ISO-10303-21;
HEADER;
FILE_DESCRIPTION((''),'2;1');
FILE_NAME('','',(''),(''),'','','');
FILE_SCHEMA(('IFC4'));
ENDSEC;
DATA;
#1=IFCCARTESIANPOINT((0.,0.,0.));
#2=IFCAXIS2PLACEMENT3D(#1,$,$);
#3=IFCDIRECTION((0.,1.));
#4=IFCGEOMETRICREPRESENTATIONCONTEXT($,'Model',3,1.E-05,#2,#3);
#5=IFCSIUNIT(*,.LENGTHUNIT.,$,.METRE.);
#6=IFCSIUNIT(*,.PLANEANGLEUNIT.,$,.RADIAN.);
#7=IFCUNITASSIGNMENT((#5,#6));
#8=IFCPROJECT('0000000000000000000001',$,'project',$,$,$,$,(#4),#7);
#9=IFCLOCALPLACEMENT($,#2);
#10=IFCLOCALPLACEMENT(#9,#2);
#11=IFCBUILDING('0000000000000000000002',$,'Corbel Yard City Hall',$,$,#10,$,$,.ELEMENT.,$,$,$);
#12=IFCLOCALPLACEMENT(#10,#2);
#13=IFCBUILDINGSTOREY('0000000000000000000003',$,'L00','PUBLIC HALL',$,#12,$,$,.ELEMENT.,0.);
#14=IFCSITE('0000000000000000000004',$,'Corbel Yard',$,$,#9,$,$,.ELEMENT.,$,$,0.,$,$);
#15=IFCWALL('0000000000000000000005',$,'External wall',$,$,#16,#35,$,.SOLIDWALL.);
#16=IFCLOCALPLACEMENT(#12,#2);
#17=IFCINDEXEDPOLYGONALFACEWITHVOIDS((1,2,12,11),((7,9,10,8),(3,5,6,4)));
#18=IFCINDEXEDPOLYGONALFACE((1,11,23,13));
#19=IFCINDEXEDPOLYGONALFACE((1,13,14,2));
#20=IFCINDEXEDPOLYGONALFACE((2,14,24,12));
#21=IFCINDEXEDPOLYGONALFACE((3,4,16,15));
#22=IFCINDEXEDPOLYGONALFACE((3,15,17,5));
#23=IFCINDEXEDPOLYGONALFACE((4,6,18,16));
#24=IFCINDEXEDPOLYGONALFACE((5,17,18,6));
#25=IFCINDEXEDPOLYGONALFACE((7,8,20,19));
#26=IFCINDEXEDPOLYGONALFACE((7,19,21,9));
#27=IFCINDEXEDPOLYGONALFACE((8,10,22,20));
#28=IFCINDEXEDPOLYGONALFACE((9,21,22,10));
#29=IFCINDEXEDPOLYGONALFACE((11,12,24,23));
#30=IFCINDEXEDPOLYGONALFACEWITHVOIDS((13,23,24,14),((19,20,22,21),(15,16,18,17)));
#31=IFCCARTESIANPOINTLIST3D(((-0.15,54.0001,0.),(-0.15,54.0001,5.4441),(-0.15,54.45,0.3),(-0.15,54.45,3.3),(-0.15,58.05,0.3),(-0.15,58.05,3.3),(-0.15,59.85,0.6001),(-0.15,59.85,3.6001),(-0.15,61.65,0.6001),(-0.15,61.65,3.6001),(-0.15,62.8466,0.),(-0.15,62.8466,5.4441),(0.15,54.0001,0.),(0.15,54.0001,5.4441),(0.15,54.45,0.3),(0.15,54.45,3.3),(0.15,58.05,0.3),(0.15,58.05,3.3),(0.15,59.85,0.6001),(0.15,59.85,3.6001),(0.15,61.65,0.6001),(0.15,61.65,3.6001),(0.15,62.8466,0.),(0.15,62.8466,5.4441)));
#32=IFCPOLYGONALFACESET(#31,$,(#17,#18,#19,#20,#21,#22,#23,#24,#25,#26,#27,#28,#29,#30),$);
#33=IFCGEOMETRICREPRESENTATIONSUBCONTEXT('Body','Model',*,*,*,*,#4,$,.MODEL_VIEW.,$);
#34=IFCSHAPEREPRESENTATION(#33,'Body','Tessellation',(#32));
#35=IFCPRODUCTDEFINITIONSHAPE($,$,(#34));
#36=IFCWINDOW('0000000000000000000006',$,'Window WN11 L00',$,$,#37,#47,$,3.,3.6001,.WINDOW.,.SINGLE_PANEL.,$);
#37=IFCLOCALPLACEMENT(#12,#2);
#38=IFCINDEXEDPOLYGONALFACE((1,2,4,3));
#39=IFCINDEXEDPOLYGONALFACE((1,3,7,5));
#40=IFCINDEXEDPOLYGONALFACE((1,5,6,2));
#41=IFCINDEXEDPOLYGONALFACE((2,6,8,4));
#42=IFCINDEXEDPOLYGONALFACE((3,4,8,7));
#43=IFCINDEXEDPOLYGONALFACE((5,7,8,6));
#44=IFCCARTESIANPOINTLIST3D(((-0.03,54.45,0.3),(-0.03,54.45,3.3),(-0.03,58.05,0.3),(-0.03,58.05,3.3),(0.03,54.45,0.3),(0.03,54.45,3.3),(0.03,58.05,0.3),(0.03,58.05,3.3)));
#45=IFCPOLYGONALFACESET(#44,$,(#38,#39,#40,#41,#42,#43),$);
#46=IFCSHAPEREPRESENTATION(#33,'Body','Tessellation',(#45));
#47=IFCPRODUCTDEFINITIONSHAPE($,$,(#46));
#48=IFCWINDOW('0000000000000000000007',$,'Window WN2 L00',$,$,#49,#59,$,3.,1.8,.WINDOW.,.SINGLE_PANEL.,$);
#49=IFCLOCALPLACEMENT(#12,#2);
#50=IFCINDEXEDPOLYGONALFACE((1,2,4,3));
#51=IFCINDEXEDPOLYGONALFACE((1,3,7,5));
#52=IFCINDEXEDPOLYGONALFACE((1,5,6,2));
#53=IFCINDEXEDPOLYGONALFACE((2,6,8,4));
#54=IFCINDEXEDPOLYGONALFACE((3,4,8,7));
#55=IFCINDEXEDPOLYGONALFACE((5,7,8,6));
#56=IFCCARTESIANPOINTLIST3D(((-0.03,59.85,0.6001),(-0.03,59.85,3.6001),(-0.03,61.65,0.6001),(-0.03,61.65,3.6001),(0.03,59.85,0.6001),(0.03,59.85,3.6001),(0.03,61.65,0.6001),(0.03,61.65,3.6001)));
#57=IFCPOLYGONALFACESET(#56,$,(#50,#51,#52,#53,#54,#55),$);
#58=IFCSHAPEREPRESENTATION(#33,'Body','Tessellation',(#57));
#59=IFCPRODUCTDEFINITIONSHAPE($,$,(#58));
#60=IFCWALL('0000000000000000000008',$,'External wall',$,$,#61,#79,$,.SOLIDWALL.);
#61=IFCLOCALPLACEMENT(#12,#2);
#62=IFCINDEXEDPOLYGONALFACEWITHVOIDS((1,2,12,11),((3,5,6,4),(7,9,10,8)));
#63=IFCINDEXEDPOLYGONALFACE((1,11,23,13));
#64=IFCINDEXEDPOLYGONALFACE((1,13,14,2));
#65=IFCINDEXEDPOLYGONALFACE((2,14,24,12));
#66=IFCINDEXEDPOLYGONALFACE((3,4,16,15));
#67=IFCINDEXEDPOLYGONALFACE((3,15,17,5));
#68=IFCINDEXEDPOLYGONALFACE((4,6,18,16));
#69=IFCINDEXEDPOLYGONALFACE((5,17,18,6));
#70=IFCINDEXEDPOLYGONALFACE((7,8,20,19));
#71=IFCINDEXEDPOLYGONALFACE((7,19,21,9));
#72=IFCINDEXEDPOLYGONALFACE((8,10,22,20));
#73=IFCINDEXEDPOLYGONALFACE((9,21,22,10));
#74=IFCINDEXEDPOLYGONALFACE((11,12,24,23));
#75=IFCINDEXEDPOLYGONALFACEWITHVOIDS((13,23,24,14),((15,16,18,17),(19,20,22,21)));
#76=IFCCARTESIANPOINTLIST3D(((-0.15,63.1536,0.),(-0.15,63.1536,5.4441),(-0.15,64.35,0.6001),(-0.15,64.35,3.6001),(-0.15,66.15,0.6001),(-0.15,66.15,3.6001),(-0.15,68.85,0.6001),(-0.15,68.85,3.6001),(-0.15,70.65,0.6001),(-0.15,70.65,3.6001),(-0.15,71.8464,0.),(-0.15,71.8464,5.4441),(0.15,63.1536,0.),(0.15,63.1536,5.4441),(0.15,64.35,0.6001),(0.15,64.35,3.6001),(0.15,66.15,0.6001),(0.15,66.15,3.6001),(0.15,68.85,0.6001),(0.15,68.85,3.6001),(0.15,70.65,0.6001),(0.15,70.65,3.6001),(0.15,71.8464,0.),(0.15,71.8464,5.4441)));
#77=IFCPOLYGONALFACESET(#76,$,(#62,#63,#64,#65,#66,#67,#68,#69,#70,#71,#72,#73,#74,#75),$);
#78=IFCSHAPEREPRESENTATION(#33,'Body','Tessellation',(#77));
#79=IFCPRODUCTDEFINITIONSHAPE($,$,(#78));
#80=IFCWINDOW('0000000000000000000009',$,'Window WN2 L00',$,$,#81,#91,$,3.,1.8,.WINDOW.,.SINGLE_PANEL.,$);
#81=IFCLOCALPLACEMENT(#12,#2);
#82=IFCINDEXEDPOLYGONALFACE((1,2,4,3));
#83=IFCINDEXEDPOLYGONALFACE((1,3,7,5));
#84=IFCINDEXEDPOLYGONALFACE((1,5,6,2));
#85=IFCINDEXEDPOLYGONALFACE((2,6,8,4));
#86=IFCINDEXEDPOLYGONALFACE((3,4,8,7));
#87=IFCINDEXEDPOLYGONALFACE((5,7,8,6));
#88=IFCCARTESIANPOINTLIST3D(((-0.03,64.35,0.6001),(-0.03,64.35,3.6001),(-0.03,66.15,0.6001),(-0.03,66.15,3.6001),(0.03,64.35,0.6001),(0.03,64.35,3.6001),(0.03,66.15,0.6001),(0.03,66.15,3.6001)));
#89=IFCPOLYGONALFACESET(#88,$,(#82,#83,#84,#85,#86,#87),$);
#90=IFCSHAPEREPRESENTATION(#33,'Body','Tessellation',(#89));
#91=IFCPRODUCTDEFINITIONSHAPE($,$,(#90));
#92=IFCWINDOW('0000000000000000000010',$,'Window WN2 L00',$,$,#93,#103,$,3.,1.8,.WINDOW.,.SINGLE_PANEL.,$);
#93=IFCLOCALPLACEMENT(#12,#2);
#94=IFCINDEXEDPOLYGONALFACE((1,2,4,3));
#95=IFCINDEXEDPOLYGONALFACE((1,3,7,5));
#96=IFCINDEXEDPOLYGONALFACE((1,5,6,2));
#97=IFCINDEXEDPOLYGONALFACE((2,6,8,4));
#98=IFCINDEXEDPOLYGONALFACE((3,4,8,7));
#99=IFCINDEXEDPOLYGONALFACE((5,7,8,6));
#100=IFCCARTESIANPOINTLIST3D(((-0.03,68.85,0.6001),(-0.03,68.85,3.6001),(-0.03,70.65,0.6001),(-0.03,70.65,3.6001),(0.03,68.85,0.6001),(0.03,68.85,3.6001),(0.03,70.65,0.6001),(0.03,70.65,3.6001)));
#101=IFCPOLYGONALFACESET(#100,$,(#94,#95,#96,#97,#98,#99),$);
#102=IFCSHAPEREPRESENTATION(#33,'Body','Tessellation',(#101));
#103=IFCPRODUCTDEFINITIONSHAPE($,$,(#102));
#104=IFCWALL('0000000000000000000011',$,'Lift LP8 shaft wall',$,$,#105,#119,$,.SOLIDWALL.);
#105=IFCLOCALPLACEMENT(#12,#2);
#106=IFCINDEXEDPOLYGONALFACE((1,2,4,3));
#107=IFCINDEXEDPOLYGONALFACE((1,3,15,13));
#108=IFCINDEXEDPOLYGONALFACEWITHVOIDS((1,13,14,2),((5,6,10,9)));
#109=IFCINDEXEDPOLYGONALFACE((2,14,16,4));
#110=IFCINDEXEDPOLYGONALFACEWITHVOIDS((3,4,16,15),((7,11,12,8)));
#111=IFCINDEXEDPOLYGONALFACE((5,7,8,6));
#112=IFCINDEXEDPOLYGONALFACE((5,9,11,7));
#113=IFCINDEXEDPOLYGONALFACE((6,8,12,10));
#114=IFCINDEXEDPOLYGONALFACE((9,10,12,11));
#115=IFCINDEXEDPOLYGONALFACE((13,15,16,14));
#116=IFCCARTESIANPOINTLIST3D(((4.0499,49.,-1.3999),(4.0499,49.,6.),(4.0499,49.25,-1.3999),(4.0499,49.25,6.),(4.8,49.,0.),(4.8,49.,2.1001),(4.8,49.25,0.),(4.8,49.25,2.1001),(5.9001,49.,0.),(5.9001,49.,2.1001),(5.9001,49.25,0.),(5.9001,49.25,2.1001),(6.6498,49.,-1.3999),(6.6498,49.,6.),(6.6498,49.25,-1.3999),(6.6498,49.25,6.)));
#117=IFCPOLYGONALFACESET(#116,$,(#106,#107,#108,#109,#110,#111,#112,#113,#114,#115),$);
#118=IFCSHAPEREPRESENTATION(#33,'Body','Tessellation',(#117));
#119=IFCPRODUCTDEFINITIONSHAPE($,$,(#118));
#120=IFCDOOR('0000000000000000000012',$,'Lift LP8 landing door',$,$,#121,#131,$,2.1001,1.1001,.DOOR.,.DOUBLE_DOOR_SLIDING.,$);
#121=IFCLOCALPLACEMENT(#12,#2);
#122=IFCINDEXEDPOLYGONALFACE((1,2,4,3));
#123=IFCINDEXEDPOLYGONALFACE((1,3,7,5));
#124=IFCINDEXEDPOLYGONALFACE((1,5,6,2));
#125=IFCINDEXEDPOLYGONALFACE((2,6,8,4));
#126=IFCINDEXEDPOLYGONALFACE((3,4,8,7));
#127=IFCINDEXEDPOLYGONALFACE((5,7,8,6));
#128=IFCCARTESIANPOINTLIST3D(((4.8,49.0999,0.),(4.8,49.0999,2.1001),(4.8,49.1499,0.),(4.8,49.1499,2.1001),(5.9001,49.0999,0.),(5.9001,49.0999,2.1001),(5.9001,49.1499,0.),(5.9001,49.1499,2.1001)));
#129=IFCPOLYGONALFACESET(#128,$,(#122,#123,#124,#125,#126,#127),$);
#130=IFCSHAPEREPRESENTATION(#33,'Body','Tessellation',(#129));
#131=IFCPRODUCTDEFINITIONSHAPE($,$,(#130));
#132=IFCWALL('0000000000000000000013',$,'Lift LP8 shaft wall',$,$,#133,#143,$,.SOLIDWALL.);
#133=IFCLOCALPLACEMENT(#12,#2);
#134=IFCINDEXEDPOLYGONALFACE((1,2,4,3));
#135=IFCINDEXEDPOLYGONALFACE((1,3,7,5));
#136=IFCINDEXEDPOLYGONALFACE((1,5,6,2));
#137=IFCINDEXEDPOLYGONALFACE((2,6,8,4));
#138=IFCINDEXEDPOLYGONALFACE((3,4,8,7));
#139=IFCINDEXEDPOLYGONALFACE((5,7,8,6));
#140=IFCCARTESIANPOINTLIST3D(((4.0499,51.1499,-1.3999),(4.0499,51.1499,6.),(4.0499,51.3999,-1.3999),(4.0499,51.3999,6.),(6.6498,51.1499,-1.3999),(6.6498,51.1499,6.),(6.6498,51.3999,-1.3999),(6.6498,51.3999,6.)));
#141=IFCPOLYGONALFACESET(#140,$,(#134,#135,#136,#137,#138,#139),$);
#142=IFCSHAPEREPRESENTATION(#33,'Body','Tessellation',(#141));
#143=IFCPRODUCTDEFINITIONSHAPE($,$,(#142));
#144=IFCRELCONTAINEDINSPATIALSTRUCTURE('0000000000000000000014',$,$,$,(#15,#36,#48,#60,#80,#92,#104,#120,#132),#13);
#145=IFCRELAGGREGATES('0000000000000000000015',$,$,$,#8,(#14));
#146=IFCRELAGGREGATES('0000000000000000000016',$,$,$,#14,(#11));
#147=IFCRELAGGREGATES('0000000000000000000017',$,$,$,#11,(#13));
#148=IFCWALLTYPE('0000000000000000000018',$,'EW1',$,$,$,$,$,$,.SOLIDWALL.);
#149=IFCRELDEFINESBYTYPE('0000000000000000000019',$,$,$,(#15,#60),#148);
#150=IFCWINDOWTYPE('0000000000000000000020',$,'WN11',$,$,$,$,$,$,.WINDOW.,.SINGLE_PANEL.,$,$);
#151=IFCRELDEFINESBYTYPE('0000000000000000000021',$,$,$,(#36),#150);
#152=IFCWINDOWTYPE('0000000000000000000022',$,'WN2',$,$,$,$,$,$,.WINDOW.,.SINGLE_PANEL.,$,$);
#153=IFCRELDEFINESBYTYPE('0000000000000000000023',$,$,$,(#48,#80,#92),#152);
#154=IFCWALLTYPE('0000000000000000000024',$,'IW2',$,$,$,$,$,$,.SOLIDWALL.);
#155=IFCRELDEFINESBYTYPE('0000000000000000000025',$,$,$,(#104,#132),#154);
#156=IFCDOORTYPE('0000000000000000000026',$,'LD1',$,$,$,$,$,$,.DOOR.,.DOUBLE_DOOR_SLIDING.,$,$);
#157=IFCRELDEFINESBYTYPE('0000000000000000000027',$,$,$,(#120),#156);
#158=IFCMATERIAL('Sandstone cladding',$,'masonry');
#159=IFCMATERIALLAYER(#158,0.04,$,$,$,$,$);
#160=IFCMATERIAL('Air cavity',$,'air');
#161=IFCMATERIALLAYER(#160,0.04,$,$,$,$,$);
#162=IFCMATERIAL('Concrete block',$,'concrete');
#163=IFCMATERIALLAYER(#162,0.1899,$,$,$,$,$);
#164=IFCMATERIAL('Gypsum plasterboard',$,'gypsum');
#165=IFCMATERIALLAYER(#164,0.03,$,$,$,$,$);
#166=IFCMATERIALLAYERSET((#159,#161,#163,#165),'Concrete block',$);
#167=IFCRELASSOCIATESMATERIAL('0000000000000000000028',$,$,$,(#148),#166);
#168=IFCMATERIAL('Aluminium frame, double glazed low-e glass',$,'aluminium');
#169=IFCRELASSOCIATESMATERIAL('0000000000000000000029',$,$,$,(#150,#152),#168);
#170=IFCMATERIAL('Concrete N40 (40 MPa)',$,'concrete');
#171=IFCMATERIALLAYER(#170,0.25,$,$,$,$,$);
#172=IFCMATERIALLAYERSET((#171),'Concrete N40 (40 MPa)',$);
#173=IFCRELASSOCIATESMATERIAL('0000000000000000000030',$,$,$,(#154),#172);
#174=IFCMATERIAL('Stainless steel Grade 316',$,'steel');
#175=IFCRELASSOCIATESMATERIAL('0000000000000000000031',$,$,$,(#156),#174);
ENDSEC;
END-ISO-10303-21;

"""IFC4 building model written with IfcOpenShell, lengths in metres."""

from ifc_helpers import new_model, si_unit, direction, frame, frame_2d, origin, place, context, subcontext, project, spatial, rectangle, extrude, material, layer, layer_set, type_object, element, fill, save


model = new_model("IFC4")

# Units and contexts
model_context = context("Model", 3, precision=1e-05, world=origin(), true_north=direction((0.0, 1.0)))
body_context = subcontext(model_context, "Body", "Model", "MODEL_VIEW")
ifc_project = project(units=[si_unit("LENGTHUNIT", "METRE"), si_unit("PLANEANGLEUNIT", "RADIAN")], contexts=[model_context])

# Site, building, storey
site_placement = place(None, origin())
site = spatial("IfcSite", under=ifc_project, at=site_placement, Name="Corbel Yard", CompositionType="ELEMENT", RefElevation=0.0)
building_placement = place(site_placement, origin())
building = spatial("IfcBuilding", under=site, at=building_placement, Name="Corbel Yard City Hall", CompositionType="ELEMENT")
storey_placement = place(building_placement, origin())
storey = spatial("IfcBuildingStorey", under=building, at=storey_placement, Name="L00", Description="PUBLIC HALL", CompositionType="ELEMENT", Elevation=0.0)

# Shared definitions
ifc_material_1 = material(Name="Concrete N40 (40 MPa)", Category="concrete")

# Walls, openings, windows
ifc_material_2 = material(Name="Sandstone cladding", Category="masonry")
ifc_layer_1 = layer(ifc_material_2, 0.04)
ifc_material_3 = material(Name="Air cavity", Category="air")
ifc_layer_2 = layer(ifc_material_3, 0.04)
ifc_material_4 = material(Name="Concrete block", Category="concrete")
ifc_layer_3 = layer(ifc_material_4, 0.1899)
ifc_material_5 = material(Name="Gypsum plasterboard", Category="gypsum")
ifc_layer_4 = layer(ifc_material_5, 0.03)
ifc_layer_set_1 = layer_set([ifc_layer_1, ifc_layer_2, ifc_layer_3, ifc_layer_4], Name="Concrete block")
wall_type_1 = type_object("IfcWallType", Name="EW1", PredefinedType="SOLIDWALL", material=ifc_layer_set_1)
wall_1_placement = place(storey_placement, frame((0.0, 54.0, 0.0), z_axis=(0.0, 0.0, 1.0), x_axis=(0.0, 1.0, 0.0)))
wall_1 = element("IfcWall", 1, at=wall_1_placement, inside=storey, type_object=wall_type_1, Name="External wall", PredefinedType="SOLIDWALL", context=body_context, shape_type="SweptSolid", body=[
    extrude(rectangle(XDim=8.8464, YDim=0.3, at=frame_2d((4.4233, 0.0))), origin(), (0.0, 0.0, 1.0), 5.4441),
])
opening_1_placement = place(wall_1_placement, frame((0.45, 0.0, 0.3)))
opening_1 = element("IfcOpeningElement", 2, at=opening_1_placement, cuts=wall_1, PredefinedType="OPENING", context=body_context, shape_type="SweptSolid", body=[
    extrude(rectangle(XDim=3.6001, YDim=3.0, at=frame_2d((1.8, 1.5))), frame((0.0, 0.1599, 0.0), z_axis=(0.0, -1.0, 0.0), x_axis=(1.0, 0.0, 0.0)), (0.0, 0.0, 1.0), 0.3201),
])
opening_2_placement = place(wall_1_placement, frame((5.8501, 0.0, 0.6001)))
opening_2 = element("IfcOpeningElement", 3, at=opening_2_placement, cuts=wall_1, PredefinedType="OPENING", context=body_context, shape_type="SweptSolid", body=[
    extrude(rectangle(XDim=1.8, YDim=3.0, at=frame_2d((0.8999, 1.5))), frame((0.0, 0.1599, 0.0), z_axis=(0.0, -1.0, 0.0), x_axis=(1.0, 0.0, 0.0)), (0.0, 0.0, 1.0), 0.3201),
])
ifc_material_6 = material(Name="Aluminium frame, double glazed low-e glass", Category="aluminium")
window_type_1 = type_object("IfcWindowType", Name="WN11", PartitioningType="SINGLE_PANEL", PredefinedType="WINDOW", material=ifc_material_6)
window_1_placement = place(opening_1_placement, origin())
window_1 = element("IfcWindow", 4, at=window_1_placement, inside=storey, type_object=window_type_1, Name="Window WN11 L00", OverallHeight=3.0, OverallWidth=3.6001, PartitioningType="SINGLE_PANEL", PredefinedType="WINDOW", context=body_context, shape_type="SweptSolid", body=[
    extrude(rectangle(XDim=3.6001, YDim=3.0, at=frame_2d((1.8, 1.5))), frame((0.0, 0.03, 0.0), z_axis=(0.0, -1.0, 0.0), x_axis=(1.0, 0.0, 0.0)), (0.0, 0.0, 1.0), 0.0601),
])
fill(opening_1, window_1)
window_type_2 = type_object("IfcWindowType", Name="WN2", PartitioningType="SINGLE_PANEL", PredefinedType="WINDOW", material=ifc_material_6)
window_2_placement = place(opening_2_placement, origin())
window_2 = element("IfcWindow", 5, at=window_2_placement, inside=storey, type_object=window_type_2, Name="Window WN2 L00", OverallHeight=3.0, OverallWidth=1.8, PartitioningType="SINGLE_PANEL", PredefinedType="WINDOW", context=body_context, shape_type="SweptSolid", body=[
    extrude(rectangle(XDim=1.8, YDim=3.0, at=frame_2d((0.8999, 1.5))), frame((0.0, 0.03, 0.0), z_axis=(0.0, -1.0, 0.0), x_axis=(1.0, 0.0, 0.0)), (0.0, 0.0, 1.0), 0.0601),
])
fill(opening_2, window_2)
wall_2_placement = place(storey_placement, frame((0.0, 63.1536, 0.0), z_axis=(0.0, 0.0, 1.0), x_axis=(0.0, 1.0, 0.0)))
wall_2 = element("IfcWall", 6, at=wall_2_placement, inside=storey, type_object=wall_type_1, Name="External wall", PredefinedType="SOLIDWALL", context=body_context, shape_type="SweptSolid", body=[
    extrude(rectangle(XDim=8.6929, YDim=0.3, at=frame_2d((4.3464, 0.0))), origin(), (0.0, 0.0, 1.0), 5.4441),
])
opening_3_placement = place(wall_2_placement, frame((1.1965, 0.0, 0.6001)))
opening_3 = element("IfcOpeningElement", 7, at=opening_3_placement, cuts=wall_2, PredefinedType="OPENING", context=body_context, shape_type="SweptSolid", body=[
    extrude(rectangle(XDim=1.8, YDim=3.0, at=frame_2d((0.8999, 1.5))), frame((0.0, 0.1599, 0.0), z_axis=(0.0, -1.0, 0.0), x_axis=(1.0, 0.0, 0.0)), (0.0, 0.0, 1.0), 0.3201),
])
opening_4_placement = place(wall_2_placement, frame((5.6965, 0.0, 0.6001)))
opening_4 = element("IfcOpeningElement", 8, at=opening_4_placement, cuts=wall_2, PredefinedType="OPENING", context=body_context, shape_type="SweptSolid", body=[
    extrude(rectangle(XDim=1.8, YDim=3.0, at=frame_2d((0.8999, 1.5))), frame((0.0, 0.1599, 0.0), z_axis=(0.0, -1.0, 0.0), x_axis=(1.0, 0.0, 0.0)), (0.0, 0.0, 1.0), 0.3201),
])
window_3_placement = place(opening_3_placement, origin())
window_3 = element("IfcWindow", 9, at=window_3_placement, inside=storey, type_object=window_type_2, Name="Window WN2 L00", OverallHeight=3.0, OverallWidth=1.8, PartitioningType="SINGLE_PANEL", PredefinedType="WINDOW", context=body_context, shape_type="SweptSolid", body=[
    extrude(rectangle(XDim=1.8, YDim=3.0, at=frame_2d((0.8999, 1.5))), frame((0.0, 0.03, 0.0), z_axis=(0.0, -1.0, 0.0), x_axis=(1.0, 0.0, 0.0)), (0.0, 0.0, 1.0), 0.0601),
])
fill(opening_3, window_3)
window_4_placement = place(opening_4_placement, origin())
window_4 = element("IfcWindow", 10, at=window_4_placement, inside=storey, type_object=window_type_2, Name="Window WN2 L00", OverallHeight=3.0, OverallWidth=1.8, PartitioningType="SINGLE_PANEL", PredefinedType="WINDOW", context=body_context, shape_type="SweptSolid", body=[
    extrude(rectangle(XDim=1.8, YDim=3.0, at=frame_2d((0.8999, 1.5))), frame((0.0, 0.03, 0.0), z_axis=(0.0, -1.0, 0.0), x_axis=(1.0, 0.0, 0.0)), (0.0, 0.0, 1.0), 0.0601),
])
fill(opening_4, window_4)

# Wall, opening, door
ifc_layer_5 = layer(ifc_material_1, 0.25)
ifc_layer_set_2 = layer_set([ifc_layer_5], Name="Concrete N40 (40 MPa)")
wall_type_2 = type_object("IfcWallType", Name="IW2", PredefinedType="SOLIDWALL", material=ifc_layer_set_2)
wall_3_placement = place(storey_placement, frame((4.05, 49.125, -1.3999), z_axis=(0.0, 0.0, 1.0), x_axis=(1.0, 0.0, 0.0)))
wall_3 = element("IfcWall", 11, at=wall_3_placement, inside=storey, type_object=wall_type_2, Name="Lift LP8 shaft wall", PredefinedType="SOLIDWALL", context=body_context, shape_type="SweptSolid", body=[
    extrude(rectangle(XDim=2.5999, YDim=0.25, at=frame_2d((1.2998, 0.0))), origin(), (0.0, 0.0, 1.0), 7.3999),
])
opening_5_placement = place(wall_3_placement, frame((0.75, 0.0, 1.3999)))
opening_5 = element("IfcOpeningElement", 12, at=opening_5_placement, cuts=wall_3, PredefinedType="OPENING", context=body_context, shape_type="SweptSolid", body=[
    extrude(rectangle(XDim=1.1001, YDim=2.1001, at=frame_2d((0.55, 1.05))), frame((0.0, 0.135, 0.0), z_axis=(0.0, -1.0, 0.0), x_axis=(1.0, 0.0, 0.0)), (0.0, 0.0, 1.0), 0.27),
])
ifc_material_7 = material(Name="Stainless steel Grade 316", Category="steel")
door_type_1 = type_object("IfcDoorType", Name="LD1", OperationType="DOUBLE_DOOR_SLIDING", PredefinedType="DOOR", material=ifc_material_7)
door_1_placement = place(opening_5_placement, origin())
door_1 = element("IfcDoor", 13, at=door_1_placement, inside=storey, type_object=door_type_1, Name="Lift LP8 landing door", OperationType="DOUBLE_DOOR_SLIDING", OverallHeight=2.1001, OverallWidth=1.1001, PredefinedType="DOOR", context=body_context, shape_type="SweptSolid", body=[
    extrude(rectangle(XDim=1.1001, YDim=2.1001, at=frame_2d((0.55, 1.05))), frame((0.0, 0.0249, 0.0), z_axis=(0.0, -1.0, 0.0), x_axis=(1.0, 0.0, 0.0)), (0.0, 0.0, 1.0), 0.05),
])
fill(opening_5, door_1)

# Wall
wall_4_placement = place(storey_placement, frame((4.05, 51.2749, -1.3999), z_axis=(0.0, 0.0, 1.0), x_axis=(1.0, 0.0, 0.0)))
element("IfcWall", 14, at=wall_4_placement, inside=storey, type_object=wall_type_2, Name="Lift LP8 shaft wall", PredefinedType="SOLIDWALL", context=body_context, shape_type="SweptSolid", body=[
    extrude(rectangle(XDim=2.5999, YDim=0.25, at=frame_2d((1.2998, 0.0))), origin(), (0.0, 0.0, 1.0), 7.3999),
])

save(model, "model.ifc")
